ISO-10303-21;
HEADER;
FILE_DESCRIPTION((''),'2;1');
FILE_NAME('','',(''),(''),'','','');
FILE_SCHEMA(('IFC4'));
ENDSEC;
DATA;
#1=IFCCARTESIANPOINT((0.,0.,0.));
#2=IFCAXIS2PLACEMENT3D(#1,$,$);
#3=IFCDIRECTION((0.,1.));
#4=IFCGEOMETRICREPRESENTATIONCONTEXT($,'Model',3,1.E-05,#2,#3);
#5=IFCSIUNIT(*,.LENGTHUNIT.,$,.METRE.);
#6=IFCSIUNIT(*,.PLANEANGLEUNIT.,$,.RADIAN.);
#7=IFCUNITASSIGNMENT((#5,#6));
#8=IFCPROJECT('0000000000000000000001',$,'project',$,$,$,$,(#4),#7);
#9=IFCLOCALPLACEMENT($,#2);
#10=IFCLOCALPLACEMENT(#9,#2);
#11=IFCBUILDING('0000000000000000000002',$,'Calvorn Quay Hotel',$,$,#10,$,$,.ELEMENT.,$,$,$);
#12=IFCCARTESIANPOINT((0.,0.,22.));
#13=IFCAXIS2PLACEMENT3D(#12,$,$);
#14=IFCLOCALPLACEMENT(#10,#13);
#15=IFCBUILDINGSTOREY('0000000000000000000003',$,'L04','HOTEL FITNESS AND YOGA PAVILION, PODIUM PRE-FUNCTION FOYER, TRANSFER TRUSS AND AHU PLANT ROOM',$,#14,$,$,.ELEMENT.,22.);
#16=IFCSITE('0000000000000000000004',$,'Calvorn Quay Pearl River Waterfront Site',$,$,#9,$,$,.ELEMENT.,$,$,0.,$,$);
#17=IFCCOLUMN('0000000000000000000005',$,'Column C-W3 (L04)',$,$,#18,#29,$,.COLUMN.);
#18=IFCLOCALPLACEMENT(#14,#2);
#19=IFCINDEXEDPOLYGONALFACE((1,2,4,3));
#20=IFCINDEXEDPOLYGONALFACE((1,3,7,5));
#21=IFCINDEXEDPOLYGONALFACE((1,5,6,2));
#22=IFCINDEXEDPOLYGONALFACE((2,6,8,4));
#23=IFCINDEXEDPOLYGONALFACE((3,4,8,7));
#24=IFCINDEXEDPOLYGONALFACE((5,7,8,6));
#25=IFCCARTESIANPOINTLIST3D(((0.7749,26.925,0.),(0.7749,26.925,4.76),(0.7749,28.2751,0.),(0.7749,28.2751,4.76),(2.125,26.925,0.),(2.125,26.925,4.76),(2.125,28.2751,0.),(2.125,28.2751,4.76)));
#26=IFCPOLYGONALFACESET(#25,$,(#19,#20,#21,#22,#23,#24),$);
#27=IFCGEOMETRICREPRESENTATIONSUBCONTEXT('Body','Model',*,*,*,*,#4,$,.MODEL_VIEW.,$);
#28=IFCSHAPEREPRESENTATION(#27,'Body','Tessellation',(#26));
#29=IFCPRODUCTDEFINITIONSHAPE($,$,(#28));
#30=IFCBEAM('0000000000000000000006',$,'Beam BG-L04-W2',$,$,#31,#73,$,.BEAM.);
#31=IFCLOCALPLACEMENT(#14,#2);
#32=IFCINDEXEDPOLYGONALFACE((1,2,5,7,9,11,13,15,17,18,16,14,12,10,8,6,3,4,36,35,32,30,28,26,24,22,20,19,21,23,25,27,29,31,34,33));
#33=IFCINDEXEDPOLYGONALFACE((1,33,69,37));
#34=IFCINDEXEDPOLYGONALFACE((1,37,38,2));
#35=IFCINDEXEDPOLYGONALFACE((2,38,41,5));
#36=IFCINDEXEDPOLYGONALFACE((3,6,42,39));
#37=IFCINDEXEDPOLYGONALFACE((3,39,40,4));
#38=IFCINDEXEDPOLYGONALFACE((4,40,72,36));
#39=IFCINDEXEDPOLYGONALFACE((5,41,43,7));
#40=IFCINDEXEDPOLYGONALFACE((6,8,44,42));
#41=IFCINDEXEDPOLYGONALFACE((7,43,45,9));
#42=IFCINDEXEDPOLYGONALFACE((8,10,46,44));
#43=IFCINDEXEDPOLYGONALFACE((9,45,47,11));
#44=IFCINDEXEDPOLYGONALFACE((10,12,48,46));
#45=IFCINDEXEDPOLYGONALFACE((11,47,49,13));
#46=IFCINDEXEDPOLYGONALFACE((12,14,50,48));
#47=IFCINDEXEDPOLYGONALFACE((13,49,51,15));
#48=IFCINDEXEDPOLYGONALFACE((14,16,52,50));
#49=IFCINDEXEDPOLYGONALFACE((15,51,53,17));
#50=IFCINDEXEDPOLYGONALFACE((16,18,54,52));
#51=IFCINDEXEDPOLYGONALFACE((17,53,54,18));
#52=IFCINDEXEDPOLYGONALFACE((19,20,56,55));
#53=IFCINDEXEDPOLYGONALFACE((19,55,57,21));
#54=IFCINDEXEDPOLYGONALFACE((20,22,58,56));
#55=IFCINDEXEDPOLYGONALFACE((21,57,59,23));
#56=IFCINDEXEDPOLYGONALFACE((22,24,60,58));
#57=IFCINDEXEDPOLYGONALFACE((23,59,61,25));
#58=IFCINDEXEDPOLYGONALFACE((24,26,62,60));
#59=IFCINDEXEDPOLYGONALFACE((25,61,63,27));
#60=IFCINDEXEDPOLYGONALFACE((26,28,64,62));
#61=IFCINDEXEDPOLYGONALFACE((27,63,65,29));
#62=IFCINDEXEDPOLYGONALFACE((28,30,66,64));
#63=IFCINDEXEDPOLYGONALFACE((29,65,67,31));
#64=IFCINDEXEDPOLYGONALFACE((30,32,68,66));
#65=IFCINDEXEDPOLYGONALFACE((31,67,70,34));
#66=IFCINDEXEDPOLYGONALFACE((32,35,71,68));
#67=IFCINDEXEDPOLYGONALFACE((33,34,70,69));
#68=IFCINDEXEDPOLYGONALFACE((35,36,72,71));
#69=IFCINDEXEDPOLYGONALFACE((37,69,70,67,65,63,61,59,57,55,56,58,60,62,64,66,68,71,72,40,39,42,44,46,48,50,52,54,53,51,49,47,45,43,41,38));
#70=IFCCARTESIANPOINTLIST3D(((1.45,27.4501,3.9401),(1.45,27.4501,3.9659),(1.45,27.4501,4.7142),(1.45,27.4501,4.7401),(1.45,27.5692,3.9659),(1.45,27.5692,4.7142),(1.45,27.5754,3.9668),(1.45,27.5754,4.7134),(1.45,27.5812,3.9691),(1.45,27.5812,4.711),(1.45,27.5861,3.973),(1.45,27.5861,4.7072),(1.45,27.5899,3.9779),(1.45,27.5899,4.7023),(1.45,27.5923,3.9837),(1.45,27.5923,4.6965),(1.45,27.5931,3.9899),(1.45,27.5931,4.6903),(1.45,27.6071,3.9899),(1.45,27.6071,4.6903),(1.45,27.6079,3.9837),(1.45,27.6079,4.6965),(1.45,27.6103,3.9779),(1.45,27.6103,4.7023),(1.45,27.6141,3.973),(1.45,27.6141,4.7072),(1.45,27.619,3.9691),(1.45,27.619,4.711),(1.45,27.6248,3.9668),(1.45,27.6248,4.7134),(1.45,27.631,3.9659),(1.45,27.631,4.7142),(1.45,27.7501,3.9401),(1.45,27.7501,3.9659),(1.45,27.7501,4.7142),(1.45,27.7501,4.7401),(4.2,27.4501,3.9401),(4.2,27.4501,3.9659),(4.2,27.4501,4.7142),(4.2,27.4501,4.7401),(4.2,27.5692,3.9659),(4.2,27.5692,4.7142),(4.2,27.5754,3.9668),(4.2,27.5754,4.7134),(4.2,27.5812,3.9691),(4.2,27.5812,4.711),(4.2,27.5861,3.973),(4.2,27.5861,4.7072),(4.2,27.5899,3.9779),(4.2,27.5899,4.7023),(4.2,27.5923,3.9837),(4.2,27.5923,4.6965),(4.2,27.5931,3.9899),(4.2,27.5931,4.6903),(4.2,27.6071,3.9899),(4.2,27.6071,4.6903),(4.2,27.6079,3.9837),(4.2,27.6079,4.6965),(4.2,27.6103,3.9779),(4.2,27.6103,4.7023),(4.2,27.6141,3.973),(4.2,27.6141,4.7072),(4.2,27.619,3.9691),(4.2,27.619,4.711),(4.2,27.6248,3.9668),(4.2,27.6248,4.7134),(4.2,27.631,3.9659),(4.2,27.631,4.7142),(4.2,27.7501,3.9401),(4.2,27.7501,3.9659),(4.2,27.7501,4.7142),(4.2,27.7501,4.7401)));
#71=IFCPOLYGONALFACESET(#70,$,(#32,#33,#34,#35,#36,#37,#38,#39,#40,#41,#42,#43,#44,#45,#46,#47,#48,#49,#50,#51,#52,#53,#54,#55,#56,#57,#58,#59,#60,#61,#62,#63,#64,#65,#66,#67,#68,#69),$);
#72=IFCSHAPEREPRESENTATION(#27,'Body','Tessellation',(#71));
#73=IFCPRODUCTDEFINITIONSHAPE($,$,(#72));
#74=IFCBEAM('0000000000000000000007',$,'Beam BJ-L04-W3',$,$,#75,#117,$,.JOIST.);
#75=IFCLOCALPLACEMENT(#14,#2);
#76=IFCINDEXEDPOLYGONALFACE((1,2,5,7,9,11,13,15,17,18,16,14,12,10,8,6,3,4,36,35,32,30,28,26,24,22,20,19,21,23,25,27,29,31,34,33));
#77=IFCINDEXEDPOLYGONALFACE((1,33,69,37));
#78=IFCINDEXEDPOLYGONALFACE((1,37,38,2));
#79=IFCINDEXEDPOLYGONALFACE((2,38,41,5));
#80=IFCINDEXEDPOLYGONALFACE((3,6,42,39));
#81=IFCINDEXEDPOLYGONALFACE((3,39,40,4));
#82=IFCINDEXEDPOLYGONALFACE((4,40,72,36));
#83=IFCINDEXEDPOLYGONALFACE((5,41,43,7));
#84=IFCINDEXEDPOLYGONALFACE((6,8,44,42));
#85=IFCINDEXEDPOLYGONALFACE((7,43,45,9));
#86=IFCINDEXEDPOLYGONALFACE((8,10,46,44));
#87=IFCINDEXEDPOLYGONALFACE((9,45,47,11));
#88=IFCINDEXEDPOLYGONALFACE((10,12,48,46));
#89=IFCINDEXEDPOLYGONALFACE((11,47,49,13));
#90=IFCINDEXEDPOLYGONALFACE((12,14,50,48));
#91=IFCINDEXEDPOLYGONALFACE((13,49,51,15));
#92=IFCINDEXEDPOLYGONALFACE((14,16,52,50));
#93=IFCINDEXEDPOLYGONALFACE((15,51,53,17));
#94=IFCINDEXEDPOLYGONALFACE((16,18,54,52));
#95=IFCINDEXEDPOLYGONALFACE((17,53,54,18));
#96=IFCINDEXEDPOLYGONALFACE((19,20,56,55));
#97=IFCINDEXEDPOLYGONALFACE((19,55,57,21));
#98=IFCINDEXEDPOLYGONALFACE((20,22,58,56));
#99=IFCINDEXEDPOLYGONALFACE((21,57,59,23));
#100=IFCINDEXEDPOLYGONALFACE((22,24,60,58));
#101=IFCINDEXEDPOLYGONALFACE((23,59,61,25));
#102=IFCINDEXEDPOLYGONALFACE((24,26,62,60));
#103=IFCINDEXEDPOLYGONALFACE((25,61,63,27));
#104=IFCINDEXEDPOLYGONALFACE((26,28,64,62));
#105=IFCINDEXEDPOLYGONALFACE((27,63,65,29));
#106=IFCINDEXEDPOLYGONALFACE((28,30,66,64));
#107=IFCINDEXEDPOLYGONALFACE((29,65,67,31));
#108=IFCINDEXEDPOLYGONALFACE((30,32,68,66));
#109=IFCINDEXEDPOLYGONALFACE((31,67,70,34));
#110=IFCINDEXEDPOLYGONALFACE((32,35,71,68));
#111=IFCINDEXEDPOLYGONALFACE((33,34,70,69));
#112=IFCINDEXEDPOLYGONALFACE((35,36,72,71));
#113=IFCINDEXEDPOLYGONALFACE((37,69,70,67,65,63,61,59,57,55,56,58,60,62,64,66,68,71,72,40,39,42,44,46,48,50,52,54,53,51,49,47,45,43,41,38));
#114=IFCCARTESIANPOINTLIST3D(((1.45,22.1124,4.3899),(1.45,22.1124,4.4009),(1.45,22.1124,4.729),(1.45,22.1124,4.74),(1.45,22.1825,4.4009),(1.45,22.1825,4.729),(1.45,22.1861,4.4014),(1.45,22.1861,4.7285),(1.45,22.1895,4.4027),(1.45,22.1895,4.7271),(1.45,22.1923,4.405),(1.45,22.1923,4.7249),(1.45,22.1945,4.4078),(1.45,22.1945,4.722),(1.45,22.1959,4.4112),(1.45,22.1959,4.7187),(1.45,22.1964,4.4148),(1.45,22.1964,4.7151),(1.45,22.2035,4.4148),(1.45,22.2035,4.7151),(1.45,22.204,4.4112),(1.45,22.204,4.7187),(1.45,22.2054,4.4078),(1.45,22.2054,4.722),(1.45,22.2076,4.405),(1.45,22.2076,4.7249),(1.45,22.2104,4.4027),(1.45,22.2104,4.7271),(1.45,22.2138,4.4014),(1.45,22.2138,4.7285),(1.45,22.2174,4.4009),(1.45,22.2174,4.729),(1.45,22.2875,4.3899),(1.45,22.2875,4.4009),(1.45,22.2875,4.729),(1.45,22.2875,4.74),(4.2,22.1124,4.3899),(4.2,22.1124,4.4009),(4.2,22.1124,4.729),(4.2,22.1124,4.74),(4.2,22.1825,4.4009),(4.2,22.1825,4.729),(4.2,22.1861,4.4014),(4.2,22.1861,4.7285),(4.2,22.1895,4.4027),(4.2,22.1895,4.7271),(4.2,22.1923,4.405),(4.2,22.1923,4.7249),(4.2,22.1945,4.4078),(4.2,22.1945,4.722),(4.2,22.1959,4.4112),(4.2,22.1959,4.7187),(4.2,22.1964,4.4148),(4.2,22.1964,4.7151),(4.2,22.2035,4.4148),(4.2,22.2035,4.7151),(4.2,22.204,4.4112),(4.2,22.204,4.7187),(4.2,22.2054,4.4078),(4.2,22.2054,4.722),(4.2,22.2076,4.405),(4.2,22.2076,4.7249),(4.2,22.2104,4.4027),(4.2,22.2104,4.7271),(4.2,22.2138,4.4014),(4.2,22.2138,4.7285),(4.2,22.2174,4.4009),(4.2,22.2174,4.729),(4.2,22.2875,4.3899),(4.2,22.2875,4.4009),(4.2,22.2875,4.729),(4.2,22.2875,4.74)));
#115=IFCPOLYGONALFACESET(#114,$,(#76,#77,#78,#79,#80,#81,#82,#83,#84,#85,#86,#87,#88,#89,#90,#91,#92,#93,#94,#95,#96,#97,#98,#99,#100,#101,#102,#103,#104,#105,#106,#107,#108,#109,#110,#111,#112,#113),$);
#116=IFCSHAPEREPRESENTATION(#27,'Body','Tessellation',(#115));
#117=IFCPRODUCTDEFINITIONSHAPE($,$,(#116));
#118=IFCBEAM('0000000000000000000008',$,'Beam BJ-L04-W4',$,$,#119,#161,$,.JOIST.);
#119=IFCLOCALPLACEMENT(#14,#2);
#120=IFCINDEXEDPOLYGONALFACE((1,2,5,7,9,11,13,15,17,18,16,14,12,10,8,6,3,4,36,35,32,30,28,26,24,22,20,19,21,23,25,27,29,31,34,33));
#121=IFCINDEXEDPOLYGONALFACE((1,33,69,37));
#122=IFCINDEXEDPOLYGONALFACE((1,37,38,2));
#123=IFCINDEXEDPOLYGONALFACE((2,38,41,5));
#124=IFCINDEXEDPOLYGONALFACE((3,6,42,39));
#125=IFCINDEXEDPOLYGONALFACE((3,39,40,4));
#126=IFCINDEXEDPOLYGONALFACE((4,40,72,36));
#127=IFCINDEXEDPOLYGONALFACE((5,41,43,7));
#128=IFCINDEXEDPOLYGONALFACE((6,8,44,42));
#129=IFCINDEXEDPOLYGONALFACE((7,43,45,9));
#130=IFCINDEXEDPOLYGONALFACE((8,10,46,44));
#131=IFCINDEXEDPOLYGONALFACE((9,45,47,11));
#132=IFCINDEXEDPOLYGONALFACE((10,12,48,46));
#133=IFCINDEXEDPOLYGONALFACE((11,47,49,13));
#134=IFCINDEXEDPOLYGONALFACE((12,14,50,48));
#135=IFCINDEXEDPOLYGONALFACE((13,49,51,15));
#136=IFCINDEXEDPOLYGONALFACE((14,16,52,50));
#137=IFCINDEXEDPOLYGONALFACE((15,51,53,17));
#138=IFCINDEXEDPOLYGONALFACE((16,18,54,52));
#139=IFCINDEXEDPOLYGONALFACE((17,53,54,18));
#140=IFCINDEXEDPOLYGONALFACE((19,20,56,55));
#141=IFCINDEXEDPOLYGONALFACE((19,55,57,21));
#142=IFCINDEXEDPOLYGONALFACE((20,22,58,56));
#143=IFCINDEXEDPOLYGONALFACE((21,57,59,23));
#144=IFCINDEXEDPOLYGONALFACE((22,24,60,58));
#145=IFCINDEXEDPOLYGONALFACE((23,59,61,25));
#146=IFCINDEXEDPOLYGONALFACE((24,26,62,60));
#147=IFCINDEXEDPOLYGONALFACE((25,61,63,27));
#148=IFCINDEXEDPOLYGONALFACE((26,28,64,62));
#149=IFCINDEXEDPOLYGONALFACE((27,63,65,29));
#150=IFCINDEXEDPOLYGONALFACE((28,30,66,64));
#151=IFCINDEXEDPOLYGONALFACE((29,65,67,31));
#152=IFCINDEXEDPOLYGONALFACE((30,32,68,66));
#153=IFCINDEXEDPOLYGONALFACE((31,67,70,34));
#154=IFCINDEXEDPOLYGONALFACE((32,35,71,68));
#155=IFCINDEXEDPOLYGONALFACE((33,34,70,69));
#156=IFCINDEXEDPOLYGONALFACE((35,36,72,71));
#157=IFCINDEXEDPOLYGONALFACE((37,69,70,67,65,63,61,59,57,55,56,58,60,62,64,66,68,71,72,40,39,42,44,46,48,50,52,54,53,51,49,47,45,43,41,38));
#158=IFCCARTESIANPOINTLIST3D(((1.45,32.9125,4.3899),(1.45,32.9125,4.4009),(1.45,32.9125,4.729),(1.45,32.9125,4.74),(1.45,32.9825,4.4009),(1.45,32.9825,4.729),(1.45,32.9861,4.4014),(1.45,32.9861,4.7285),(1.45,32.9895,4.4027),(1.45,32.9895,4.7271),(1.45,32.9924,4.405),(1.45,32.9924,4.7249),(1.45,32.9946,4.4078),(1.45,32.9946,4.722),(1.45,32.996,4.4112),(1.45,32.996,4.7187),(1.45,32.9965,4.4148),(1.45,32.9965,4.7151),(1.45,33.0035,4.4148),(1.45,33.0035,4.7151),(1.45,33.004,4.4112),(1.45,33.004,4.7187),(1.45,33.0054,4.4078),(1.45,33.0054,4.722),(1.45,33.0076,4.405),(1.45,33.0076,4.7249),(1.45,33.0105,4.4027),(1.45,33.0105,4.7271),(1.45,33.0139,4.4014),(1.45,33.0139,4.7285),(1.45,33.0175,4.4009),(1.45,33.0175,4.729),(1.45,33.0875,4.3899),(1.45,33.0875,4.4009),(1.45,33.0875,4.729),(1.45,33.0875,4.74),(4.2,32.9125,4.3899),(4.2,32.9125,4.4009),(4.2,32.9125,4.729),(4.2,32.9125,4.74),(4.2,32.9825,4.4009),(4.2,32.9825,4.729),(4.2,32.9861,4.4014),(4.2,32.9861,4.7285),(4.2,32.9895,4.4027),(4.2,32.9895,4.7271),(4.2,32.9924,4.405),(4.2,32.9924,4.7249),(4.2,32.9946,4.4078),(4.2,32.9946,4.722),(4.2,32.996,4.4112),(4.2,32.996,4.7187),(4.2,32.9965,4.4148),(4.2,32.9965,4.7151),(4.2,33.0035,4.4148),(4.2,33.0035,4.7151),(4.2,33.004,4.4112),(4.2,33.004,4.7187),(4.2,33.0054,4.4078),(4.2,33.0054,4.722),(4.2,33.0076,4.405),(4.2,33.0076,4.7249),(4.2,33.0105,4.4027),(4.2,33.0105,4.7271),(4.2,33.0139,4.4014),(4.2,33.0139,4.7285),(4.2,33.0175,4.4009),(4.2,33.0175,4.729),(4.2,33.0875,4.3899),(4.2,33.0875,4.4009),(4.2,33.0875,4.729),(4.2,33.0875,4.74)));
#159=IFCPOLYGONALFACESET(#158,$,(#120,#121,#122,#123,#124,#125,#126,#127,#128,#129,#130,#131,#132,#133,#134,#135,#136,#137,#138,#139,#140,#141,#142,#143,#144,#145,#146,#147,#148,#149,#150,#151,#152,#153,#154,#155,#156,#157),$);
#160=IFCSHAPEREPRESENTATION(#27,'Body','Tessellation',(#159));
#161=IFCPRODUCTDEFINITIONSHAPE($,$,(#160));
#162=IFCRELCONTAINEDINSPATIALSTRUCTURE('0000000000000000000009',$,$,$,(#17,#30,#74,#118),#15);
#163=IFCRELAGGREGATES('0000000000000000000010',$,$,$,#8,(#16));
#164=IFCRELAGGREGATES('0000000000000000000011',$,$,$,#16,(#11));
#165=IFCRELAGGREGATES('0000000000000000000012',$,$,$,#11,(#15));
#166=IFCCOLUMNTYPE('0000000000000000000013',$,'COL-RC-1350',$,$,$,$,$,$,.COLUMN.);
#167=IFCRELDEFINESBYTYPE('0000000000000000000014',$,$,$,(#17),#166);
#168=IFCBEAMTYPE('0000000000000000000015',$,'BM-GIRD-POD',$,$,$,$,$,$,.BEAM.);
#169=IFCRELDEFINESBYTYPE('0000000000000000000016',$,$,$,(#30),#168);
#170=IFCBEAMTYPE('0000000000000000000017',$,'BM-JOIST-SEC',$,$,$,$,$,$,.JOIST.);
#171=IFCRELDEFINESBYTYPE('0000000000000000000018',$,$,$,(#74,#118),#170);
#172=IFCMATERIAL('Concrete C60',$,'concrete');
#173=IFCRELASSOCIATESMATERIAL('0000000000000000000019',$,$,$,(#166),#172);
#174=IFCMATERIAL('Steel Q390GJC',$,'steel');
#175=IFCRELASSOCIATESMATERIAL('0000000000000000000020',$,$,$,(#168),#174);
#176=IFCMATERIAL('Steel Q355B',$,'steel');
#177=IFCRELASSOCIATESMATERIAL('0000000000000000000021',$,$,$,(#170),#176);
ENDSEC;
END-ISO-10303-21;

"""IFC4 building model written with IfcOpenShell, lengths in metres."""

from ifc_helpers import new_model, si_unit, direction, frame, origin, origin_2d, place, context, subcontext, project, spatial, rectangle, i_section, extrude, material, material_profile, profile_set, type_object, element, save


model = new_model("IFC4")

# Units and contexts
model_context = context("Model", 3, precision=1e-05, world=origin(), true_north=direction((0.0, 1.0)))
body_context = subcontext(model_context, "Body", "Model", "MODEL_VIEW")
ifc_project = project(units=[si_unit("LENGTHUNIT", "METRE"), si_unit("PLANEANGLEUNIT", "RADIAN")], contexts=[model_context])

# Site, building, storey
site_placement = place(None, origin())
site = spatial("IfcSite", under=ifc_project, at=site_placement, Name="Calvorn Quay Pearl River Waterfront Site", CompositionType="ELEMENT", RefElevation=0.0)
building_placement = place(site_placement, origin())
building = spatial("IfcBuilding", under=site, at=building_placement, Name="Calvorn Quay Hotel", CompositionType="ELEMENT")
storey_placement = place(building_placement, frame((0.0, 0.0, 22.0)))
storey = spatial("IfcBuildingStorey", under=building, at=storey_placement, Name="L04", Description="HOTEL FITNESS AND YOGA PAVILION, PODIUM PRE-FUNCTION FOYER, TRANSFER TRUSS AND AHU PLANT ROOM", CompositionType="ELEMENT", Elevation=22.0)

# Column
ifc_material_1 = material(Name="Concrete C60", Category="concrete")
ifc_material_profile_1 = material_profile(ifc_material_1, rectangle(XDim=1.3501, YDim=1.3501, at=origin_2d()), Name="RC1350x1350")
ifc_profile_set_1 = profile_set([ifc_material_profile_1], Name="Concrete C60")
column_type = type_object("IfcColumnType", Name="COL-RC-1350", PredefinedType="COLUMN", material=ifc_profile_set_1)
column_placement = place(storey_placement, frame((1.45, 27.6001, 0.0), z_axis=(0.0, 0.0, 1.0), x_axis=(1.0, 0.0, 0.0)))
element("IfcColumn", 1, at=column_placement, inside=storey, type_object=column_type, Name="Column C-W3 (L04)", PredefinedType="COLUMN", context=body_context, shape_type="SweptSolid", body=[
    extrude(rectangle(XDim=1.3501, YDim=1.3501, at=origin_2d()), origin(), (0.0, 0.0, 1.0), 4.76),
])

# Beams
ifc_material_2 = material(Name="Steel Q390GJC", Category="steel")
ifc_material_profile_2 = material_profile(ifc_material_2, i_section(OverallWidth=0.3, OverallDepth=0.8, WebThickness=0.0139, FlangeThickness=0.0259, FilletRadius=0.0239, at=origin_2d()), Name="HN800x300x14x26")
ifc_profile_set_2 = profile_set([ifc_material_profile_2], Name="Steel Q390GJC")
beam_type_1 = type_object("IfcBeamType", Name="BM-GIRD-POD", PredefinedType="BEAM", material=ifc_profile_set_2)
beam_1_placement = place(storey_placement, frame((1.45, 27.6001, 4.3401), z_axis=(1.0, 0.0, 0.0), x_axis=(0.0, 1.0, 0.0)))
element("IfcBeam", 2, at=beam_1_placement, inside=storey, type_object=beam_type_1, Name="Beam BG-L04-W2", PredefinedType="BEAM", context=body_context, shape_type="SweptSolid", body=[
    extrude(i_section(OverallWidth=0.3, OverallDepth=0.8, WebThickness=0.0139, FlangeThickness=0.0259, FilletRadius=0.0239, at=origin_2d()), origin(), (0.0, 0.0, 1.0), 2.75),
])
ifc_material_3 = material(Name="Steel Q355B", Category="steel")
ifc_material_profile_3 = material_profile(ifc_material_3, i_section(OverallWidth=0.175, OverallDepth=0.3501, WebThickness=0.0071, FlangeThickness=0.011, FilletRadius=0.0139, at=origin_2d()), Name="HN350x175x7x11")
ifc_profile_set_3 = profile_set([ifc_material_profile_3], Name="Steel Q355B")
beam_type_2 = type_object("IfcBeamType", Name="BM-JOIST-SEC", PredefinedType="JOIST", material=ifc_profile_set_3)
for number, where, z_axis, x_axis, name in (
    (3, (1.45, 22.2, 4.5649), (1.0, 0.0, 0.0), (0.0, 1.0, 0.0), "Beam BJ-L04-W3"),
    (4, (1.45, 33.0, 4.5649), (1.0, 0.0, 0.0), (0.0, 1.0, 0.0), "Beam BJ-L04-W4"),
):
    element("IfcBeam", number, at=place(storey_placement, frame(where, z_axis=z_axis, x_axis=x_axis)), inside=storey, type_object=beam_type_2, Name=name, PredefinedType="JOIST", context=body_context, shape_type="SweptSolid", body=[
        extrude(i_section(OverallWidth=0.175, OverallDepth=0.3501, WebThickness=0.0071, FlangeThickness=0.011, FilletRadius=0.0139, at=origin_2d()), origin(), (0.0, 0.0, 1.0), 2.75),
    ])

save(model, "model.ifc")
